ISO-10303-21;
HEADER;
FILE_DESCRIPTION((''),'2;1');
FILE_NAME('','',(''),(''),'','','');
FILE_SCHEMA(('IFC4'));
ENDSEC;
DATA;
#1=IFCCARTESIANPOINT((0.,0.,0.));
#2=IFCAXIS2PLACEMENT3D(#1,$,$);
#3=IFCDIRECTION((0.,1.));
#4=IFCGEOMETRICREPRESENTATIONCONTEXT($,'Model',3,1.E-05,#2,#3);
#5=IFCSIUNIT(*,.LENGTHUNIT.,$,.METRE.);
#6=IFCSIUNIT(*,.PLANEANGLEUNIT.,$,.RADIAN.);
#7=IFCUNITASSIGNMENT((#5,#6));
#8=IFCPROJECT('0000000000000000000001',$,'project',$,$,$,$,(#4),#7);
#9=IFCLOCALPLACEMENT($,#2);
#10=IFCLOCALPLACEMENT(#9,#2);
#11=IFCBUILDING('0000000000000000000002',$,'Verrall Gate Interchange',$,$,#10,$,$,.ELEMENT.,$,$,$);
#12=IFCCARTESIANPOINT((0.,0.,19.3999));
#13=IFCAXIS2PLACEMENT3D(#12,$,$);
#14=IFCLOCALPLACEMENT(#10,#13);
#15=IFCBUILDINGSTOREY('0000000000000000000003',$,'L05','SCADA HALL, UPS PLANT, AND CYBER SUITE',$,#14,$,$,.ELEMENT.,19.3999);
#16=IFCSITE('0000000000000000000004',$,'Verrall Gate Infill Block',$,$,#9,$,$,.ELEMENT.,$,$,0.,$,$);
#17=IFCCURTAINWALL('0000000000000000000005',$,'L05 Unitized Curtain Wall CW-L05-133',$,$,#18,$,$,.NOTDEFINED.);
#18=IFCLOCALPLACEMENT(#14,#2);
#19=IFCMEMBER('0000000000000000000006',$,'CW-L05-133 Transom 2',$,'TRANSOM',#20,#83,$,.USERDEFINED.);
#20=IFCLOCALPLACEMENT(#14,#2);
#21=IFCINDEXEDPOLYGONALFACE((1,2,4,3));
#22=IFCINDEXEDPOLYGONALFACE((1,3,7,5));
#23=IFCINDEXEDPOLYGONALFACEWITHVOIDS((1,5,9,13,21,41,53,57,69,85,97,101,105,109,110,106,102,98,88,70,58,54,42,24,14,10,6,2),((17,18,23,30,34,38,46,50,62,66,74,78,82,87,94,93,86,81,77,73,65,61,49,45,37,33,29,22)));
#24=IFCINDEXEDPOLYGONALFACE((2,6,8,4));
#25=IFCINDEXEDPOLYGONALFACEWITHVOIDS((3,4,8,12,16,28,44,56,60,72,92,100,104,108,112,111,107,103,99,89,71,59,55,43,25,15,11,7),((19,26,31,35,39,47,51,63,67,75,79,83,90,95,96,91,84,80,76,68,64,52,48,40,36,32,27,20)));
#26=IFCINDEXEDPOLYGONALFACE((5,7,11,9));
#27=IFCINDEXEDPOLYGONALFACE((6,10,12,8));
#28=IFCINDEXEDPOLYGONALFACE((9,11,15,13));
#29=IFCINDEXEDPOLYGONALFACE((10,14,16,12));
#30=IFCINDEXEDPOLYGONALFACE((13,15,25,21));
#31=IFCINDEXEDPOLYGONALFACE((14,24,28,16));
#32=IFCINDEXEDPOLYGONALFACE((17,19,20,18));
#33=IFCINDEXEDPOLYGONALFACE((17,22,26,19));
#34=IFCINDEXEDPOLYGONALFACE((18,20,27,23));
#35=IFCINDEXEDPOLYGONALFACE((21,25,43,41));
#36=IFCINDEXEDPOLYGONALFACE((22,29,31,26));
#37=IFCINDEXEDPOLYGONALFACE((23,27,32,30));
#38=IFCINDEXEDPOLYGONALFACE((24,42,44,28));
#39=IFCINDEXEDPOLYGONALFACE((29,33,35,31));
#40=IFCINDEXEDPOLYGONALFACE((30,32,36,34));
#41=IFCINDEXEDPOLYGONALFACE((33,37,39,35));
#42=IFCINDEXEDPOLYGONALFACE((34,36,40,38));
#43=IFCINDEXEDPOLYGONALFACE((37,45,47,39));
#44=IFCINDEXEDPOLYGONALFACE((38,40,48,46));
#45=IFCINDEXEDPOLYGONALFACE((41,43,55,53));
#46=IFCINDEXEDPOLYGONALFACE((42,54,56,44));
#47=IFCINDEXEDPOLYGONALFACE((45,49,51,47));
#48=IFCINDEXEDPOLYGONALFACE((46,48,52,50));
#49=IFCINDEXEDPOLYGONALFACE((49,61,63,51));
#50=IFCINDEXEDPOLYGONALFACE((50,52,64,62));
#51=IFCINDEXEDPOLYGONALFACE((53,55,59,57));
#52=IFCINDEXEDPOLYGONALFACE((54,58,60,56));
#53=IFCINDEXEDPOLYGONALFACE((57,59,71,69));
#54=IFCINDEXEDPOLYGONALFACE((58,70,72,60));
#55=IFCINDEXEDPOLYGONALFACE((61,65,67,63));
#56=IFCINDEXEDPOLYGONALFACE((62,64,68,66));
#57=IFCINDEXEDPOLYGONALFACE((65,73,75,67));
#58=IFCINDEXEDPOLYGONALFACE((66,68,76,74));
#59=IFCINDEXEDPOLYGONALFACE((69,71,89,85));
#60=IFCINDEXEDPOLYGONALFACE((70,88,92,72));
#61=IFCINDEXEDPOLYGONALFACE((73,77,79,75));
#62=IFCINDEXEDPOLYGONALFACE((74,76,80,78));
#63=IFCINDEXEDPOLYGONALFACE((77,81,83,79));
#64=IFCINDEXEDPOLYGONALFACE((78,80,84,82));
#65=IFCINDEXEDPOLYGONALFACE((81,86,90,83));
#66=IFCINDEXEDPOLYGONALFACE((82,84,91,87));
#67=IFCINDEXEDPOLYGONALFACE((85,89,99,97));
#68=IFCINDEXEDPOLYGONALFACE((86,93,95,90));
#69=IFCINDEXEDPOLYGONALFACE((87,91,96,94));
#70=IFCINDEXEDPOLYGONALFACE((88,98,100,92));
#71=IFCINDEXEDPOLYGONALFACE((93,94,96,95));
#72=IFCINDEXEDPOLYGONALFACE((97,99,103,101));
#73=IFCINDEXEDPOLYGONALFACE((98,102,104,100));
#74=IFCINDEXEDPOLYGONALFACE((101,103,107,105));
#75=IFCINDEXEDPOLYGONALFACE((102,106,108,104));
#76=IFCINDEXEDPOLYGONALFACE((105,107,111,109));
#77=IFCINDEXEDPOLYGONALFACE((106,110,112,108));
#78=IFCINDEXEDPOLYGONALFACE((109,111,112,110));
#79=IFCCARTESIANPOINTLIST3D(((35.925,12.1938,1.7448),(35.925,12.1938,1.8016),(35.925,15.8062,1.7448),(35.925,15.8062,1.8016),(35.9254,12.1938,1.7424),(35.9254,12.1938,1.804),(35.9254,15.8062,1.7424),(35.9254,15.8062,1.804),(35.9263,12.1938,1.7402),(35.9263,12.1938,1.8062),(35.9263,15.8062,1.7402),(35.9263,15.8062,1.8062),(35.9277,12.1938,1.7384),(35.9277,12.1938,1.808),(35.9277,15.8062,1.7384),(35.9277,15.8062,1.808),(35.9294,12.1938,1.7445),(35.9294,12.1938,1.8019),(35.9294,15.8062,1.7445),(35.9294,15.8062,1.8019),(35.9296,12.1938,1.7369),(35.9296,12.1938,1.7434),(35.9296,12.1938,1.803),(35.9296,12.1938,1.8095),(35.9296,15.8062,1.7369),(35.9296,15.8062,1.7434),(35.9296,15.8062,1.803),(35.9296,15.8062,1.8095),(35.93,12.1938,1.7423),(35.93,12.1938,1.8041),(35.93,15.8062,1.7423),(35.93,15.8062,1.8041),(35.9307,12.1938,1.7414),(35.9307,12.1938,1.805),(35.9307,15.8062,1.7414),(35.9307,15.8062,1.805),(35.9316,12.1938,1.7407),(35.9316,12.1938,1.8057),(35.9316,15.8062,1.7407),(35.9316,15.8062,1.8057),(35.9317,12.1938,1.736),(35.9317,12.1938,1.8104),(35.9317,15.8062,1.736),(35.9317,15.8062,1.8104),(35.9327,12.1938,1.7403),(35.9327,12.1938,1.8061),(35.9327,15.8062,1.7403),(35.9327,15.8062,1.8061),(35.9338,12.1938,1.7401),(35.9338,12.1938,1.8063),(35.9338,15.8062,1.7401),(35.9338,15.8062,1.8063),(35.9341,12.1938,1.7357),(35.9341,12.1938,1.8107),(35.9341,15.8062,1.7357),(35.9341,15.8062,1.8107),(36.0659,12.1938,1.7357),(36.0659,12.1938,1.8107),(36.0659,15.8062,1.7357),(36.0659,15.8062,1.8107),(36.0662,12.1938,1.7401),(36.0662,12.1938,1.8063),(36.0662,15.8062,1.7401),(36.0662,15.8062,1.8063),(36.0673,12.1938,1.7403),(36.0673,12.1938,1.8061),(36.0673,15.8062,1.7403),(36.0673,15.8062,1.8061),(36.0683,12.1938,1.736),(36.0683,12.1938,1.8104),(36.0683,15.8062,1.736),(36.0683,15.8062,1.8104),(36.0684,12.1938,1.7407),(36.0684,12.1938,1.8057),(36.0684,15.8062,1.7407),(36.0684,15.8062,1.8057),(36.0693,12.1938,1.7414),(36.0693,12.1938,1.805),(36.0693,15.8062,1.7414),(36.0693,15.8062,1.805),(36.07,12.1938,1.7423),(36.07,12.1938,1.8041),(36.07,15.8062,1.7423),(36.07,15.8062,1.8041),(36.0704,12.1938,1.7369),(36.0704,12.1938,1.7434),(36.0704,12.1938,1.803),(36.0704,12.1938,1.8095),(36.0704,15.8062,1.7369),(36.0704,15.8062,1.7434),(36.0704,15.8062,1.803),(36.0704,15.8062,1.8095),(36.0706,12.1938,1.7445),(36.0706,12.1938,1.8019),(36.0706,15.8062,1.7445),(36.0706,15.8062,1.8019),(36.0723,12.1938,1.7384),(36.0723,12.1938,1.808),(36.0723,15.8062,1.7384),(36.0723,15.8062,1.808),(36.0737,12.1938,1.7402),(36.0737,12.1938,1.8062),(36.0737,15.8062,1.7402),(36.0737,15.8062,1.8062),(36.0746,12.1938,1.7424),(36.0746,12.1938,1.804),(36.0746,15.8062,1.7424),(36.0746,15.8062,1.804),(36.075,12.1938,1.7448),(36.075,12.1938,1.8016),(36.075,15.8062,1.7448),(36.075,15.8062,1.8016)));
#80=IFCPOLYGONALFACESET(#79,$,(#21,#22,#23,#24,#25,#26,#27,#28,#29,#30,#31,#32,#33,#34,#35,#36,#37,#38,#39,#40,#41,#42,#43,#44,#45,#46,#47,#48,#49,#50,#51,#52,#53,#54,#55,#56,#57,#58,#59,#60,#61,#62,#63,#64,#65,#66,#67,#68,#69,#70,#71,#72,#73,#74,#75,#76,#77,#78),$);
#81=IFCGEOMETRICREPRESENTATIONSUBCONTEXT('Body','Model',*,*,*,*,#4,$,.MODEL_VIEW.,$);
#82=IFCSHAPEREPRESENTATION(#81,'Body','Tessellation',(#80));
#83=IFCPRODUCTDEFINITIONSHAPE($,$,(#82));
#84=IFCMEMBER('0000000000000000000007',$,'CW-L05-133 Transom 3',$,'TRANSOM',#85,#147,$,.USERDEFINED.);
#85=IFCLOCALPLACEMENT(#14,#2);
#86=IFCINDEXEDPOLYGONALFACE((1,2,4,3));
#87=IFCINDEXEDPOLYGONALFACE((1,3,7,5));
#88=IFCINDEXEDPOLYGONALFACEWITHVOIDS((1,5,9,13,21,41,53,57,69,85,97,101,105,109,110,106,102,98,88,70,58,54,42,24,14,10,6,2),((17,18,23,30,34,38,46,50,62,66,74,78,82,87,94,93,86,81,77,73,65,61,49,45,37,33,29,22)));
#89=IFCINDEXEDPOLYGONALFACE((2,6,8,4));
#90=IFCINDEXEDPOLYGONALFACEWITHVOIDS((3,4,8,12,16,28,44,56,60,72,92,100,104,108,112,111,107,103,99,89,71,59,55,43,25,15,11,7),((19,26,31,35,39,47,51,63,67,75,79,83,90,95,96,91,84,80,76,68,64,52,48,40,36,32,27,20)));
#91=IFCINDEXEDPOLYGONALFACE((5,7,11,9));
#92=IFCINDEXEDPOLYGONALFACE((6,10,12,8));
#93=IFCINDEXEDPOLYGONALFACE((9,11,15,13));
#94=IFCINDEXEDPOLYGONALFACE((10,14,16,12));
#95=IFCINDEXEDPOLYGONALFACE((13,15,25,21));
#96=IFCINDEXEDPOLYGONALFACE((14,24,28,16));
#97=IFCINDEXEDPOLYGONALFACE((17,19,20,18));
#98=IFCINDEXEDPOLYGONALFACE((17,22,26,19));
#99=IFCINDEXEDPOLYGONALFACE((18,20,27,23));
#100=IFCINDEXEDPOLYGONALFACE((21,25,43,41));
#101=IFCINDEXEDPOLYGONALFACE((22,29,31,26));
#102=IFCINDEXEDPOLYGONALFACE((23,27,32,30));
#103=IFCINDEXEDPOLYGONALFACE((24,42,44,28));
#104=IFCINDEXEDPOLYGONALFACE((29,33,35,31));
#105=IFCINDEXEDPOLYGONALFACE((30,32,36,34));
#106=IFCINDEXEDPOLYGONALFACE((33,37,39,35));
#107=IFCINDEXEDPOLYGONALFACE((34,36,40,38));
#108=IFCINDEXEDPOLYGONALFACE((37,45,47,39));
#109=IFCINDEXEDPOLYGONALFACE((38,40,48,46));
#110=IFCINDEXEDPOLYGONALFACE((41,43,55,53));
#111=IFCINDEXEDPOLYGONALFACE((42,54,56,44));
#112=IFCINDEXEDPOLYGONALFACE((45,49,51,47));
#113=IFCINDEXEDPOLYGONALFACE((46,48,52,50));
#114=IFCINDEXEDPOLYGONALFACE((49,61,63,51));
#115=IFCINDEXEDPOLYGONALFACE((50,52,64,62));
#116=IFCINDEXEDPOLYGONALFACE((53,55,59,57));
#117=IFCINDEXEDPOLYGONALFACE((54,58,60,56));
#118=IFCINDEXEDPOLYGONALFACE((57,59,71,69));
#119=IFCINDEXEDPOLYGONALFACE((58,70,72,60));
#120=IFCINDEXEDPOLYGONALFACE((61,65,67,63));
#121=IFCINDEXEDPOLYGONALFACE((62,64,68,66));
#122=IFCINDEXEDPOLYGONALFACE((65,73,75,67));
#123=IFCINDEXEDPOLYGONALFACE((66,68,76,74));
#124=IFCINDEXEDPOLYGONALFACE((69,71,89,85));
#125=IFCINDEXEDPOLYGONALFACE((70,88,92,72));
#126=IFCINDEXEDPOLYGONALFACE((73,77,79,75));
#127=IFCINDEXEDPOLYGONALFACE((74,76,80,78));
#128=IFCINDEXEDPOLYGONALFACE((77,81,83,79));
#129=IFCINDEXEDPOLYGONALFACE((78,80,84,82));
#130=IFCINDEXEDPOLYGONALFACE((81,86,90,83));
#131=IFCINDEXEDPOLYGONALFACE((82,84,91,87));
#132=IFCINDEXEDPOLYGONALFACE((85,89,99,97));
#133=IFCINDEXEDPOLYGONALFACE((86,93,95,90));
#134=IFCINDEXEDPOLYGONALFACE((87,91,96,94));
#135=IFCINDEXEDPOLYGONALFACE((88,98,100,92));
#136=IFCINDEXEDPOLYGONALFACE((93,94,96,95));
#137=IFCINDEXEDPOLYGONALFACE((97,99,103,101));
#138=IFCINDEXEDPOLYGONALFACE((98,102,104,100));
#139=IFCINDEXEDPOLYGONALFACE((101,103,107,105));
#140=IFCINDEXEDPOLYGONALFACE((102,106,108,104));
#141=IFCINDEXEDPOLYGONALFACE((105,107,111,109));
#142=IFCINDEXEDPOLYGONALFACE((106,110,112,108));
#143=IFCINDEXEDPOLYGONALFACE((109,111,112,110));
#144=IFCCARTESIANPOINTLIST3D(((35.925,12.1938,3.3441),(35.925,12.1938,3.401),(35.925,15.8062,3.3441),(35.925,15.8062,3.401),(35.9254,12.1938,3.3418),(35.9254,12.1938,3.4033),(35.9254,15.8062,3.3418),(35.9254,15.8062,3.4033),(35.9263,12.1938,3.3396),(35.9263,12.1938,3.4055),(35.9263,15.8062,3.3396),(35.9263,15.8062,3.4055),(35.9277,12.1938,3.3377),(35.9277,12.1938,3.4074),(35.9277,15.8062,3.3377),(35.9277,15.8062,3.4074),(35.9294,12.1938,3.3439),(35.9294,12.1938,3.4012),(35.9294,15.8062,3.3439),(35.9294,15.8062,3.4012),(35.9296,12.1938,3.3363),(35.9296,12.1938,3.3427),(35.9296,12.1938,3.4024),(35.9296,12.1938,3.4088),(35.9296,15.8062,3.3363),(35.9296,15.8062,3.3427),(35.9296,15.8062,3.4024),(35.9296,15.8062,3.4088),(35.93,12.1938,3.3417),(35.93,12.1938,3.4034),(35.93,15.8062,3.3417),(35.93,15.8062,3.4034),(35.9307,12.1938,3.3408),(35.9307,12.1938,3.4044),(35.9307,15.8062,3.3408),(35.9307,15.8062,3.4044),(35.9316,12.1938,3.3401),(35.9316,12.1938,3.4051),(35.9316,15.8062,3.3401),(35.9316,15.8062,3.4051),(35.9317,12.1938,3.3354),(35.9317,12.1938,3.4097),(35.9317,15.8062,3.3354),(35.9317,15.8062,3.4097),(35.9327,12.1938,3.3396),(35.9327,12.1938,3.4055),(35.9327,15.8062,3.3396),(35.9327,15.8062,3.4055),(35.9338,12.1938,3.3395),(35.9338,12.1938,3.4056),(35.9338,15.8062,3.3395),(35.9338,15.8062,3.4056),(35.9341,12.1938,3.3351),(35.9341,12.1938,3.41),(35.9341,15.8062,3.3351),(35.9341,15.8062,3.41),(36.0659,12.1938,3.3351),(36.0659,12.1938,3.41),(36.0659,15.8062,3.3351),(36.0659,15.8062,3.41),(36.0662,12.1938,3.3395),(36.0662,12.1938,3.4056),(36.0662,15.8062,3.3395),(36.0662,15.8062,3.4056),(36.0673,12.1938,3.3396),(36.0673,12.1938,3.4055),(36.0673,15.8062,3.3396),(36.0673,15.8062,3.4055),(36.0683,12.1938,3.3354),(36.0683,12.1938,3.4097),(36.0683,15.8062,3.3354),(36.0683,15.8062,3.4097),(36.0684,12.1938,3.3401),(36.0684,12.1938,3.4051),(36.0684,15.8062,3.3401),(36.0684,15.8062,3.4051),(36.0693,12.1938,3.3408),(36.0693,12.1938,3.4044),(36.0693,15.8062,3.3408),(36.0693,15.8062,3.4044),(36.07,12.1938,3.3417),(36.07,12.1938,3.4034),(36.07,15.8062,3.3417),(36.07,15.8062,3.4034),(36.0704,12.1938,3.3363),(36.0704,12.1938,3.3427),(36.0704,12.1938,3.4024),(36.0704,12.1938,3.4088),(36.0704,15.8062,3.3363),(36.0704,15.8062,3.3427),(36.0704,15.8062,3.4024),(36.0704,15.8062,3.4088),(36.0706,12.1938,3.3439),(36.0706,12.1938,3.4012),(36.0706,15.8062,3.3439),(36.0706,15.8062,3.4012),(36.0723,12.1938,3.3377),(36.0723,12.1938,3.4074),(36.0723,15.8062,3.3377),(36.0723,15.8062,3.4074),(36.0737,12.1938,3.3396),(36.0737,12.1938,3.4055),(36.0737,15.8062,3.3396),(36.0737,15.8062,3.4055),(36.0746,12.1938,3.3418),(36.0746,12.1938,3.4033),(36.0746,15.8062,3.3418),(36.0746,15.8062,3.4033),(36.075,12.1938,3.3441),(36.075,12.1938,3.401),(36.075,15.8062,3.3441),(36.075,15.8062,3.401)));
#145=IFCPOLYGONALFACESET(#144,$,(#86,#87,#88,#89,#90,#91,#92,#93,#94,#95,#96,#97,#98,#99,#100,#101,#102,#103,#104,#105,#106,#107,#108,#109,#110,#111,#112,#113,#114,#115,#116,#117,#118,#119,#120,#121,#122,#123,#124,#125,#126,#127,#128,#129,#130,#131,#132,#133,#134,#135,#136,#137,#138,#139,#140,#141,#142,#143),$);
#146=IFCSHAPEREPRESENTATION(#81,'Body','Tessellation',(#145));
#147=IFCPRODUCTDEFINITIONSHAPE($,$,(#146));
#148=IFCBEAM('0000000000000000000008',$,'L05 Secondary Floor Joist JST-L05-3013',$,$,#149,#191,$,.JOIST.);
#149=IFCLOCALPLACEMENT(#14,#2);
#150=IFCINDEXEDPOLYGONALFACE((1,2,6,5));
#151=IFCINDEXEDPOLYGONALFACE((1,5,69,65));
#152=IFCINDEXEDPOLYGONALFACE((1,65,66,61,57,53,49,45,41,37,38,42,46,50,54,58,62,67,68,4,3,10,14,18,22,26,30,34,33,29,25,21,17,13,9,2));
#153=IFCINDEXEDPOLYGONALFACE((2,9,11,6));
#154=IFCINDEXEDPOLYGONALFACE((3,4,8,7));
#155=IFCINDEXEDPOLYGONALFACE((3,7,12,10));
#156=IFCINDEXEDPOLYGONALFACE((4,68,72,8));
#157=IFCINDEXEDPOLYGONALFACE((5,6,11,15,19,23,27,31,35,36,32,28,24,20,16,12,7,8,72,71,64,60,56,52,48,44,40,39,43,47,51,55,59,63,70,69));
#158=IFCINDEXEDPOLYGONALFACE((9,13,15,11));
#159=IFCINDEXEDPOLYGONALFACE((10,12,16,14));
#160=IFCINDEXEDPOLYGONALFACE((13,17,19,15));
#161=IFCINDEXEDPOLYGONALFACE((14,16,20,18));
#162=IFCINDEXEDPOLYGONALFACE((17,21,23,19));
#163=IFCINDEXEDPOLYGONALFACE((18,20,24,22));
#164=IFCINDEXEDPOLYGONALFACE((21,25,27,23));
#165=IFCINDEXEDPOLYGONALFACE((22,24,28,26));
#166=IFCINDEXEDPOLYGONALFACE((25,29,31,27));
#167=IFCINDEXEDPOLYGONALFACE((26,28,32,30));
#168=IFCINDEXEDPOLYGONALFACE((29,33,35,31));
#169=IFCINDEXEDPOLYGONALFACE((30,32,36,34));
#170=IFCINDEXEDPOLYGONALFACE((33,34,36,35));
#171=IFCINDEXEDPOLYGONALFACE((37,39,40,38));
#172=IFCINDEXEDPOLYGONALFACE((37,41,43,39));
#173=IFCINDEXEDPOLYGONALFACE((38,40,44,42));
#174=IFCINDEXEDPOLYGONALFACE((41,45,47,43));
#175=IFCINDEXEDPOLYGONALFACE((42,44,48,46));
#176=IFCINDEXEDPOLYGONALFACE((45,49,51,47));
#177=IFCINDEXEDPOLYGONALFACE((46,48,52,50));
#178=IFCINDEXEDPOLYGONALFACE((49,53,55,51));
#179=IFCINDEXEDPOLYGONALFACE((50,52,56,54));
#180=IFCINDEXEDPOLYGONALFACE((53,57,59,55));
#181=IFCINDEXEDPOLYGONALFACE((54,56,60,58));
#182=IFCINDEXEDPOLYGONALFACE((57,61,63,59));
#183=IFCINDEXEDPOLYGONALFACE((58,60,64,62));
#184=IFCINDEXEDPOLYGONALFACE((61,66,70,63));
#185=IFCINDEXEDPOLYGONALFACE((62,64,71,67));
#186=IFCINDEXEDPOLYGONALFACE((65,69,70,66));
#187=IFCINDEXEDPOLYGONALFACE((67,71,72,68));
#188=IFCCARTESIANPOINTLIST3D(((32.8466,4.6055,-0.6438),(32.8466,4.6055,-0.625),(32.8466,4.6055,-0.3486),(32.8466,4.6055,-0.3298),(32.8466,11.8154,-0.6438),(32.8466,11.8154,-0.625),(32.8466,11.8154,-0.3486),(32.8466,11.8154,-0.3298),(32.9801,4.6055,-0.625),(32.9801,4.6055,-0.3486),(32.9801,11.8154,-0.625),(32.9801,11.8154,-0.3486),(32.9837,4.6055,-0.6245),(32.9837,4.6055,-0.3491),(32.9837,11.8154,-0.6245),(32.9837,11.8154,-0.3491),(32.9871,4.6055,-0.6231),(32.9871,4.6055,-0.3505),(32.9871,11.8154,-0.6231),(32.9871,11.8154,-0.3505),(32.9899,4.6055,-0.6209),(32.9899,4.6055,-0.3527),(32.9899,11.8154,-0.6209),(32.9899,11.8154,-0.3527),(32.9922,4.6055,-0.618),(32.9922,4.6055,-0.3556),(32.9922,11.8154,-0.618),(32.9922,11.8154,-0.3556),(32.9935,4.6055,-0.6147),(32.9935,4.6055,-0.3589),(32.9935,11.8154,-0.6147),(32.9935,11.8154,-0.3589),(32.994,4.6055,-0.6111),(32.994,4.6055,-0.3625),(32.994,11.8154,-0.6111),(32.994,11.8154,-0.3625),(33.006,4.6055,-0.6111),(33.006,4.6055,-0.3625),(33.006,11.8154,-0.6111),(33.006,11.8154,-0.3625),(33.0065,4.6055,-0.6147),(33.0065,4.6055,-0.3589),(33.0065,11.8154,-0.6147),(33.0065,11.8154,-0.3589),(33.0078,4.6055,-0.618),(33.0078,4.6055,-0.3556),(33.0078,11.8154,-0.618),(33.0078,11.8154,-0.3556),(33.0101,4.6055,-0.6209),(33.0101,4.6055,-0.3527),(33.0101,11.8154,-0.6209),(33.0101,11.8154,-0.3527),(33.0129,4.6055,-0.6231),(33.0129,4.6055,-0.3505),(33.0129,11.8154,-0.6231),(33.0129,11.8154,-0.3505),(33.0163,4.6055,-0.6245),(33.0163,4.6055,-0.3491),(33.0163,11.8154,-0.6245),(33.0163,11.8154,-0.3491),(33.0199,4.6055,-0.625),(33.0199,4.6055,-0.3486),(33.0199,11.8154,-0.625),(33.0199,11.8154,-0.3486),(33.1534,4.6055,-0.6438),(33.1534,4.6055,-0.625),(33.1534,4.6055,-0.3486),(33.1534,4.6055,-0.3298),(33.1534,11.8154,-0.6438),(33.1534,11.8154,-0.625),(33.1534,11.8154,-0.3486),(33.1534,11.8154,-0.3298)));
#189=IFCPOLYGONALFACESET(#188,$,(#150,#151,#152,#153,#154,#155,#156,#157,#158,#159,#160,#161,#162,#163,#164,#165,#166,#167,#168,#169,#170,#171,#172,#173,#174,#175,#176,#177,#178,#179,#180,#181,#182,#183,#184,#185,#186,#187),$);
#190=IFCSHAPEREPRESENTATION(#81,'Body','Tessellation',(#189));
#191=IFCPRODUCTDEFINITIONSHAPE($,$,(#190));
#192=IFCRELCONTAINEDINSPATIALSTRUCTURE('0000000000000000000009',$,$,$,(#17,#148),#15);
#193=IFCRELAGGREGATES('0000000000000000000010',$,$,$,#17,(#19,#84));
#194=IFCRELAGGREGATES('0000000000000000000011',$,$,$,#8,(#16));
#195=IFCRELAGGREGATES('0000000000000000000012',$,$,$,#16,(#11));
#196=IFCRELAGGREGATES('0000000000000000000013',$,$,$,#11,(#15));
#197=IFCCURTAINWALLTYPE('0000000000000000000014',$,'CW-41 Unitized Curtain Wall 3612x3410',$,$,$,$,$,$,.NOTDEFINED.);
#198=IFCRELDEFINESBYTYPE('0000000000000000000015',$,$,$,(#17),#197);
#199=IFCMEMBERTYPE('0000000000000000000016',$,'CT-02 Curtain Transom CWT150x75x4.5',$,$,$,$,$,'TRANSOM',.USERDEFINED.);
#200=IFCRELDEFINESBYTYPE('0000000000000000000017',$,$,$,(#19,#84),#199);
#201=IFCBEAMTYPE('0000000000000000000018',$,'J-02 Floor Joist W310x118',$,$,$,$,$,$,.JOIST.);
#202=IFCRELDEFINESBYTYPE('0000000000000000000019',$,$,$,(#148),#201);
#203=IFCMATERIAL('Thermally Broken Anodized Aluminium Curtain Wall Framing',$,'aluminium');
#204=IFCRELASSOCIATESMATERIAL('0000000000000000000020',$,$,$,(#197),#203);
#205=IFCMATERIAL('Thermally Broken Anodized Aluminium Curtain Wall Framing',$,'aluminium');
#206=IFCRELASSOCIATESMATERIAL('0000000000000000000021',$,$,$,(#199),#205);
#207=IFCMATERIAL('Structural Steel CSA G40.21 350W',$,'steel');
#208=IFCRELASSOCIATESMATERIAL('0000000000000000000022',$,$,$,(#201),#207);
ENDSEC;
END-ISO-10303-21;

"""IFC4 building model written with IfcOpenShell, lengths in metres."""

from ifc_helpers import new_model, si_unit, direction, frame, origin, origin_2d, place, context, subcontext, project, spatial, hollow_rectangle, i_section, extrude, material, material_profile, profile_set, type_object, element, aggregate, save


model = new_model("IFC4")

# Units and contexts
model_context = context("Model", 3, precision=1e-05, world=origin(), true_north=direction((0.0, 1.0)))
body_context = subcontext(model_context, "Body", "Model", "MODEL_VIEW")
ifc_project = project(units=[si_unit("LENGTHUNIT", "METRE"), si_unit("PLANEANGLEUNIT", "RADIAN")], contexts=[model_context])

# Site, building, storey
site_placement = place(None, origin())
site = spatial("IfcSite", under=ifc_project, at=site_placement, Name="Verrall Gate Infill Block", CompositionType="ELEMENT", RefElevation=0.0)
building_placement = place(site_placement, origin())
building = spatial("IfcBuilding", under=site, at=building_placement, Name="Verrall Gate Interchange", CompositionType="ELEMENT")
storey_placement = place(building_placement, frame((0.0, 0.0, 19.3999)))
storey = spatial("IfcBuildingStorey", under=building, at=storey_placement, Name="L05", Description="SCADA HALL, UPS PLANT, AND CYBER SUITE", CompositionType="ELEMENT", Elevation=19.3999)

# Curtain wall, members
ifc_material_1 = material(Name="Thermally Broken Anodized Aluminium Curtain Wall Framing", Category="aluminium")
curtain_wall_type = type_object("IfcCurtainWallType", Name="CW-41 Unitized Curtain Wall 3612x3410", PredefinedType="NOTDEFINED", material=ifc_material_1)
curtain_wall_placement = place(storey_placement, origin())
curtain_wall = element("IfcCurtainWall", 1, at=curtain_wall_placement, inside=storey, type_object=curtain_wall_type, Name="L05 Unitized Curtain Wall CW-L05-133", PredefinedType="NOTDEFINED")
ifc_material_2 = material(Name="Thermally Broken Anodized Aluminium Curtain Wall Framing", Category="aluminium")
ifc_material_profile_1 = material_profile(ifc_material_2, hollow_rectangle(XDim=0.1499, YDim=0.075, WallThickness=0.0044, InnerFilletRadius=0.0044, OuterFilletRadius=0.009, at=origin_2d()), Name="CWT150x75x4.5")
ifc_profile_set_1 = profile_set([ifc_material_profile_1], Name="Thermally Broken Anodized Aluminium Curtain Wall Framing")
member_type_1 = type_object("IfcMemberType", Name="CT-02 Curtain Transom CWT150x75x4.5", ElementType="TRANSOM", PredefinedType="USERDEFINED", material=ifc_profile_set_1)
member_1_placement = place(storey_placement, frame((36.0, 12.1938, 1.7732), z_axis=(0.0, 1.0, 0.0), x_axis=(-1.0, 0.0, 0.0)))
member_1 = element("IfcMember", 2, at=member_1_placement, type_object=member_type_1, Name="CW-L05-133 Transom 2", ObjectType="TRANSOM", PredefinedType="USERDEFINED", context=body_context, shape_type="SweptSolid", body=[
    extrude(hollow_rectangle(XDim=0.1499, YDim=0.075, WallThickness=0.0044, InnerFilletRadius=0.0044, OuterFilletRadius=0.009, at=origin_2d()), origin(), (0.0, 0.0, 1.0), 3.6123),
])
member_2_placement = place(storey_placement, frame((36.0, 12.1938, 3.3726), z_axis=(0.0, 1.0, 0.0), x_axis=(-1.0, 0.0, 0.0)))
member_2 = element("IfcMember", 3, at=member_2_placement, type_object=member_type_1, Name="CW-L05-133 Transom 3", ObjectType="TRANSOM", PredefinedType="USERDEFINED", context=body_context, shape_type="SweptSolid", body=[
    extrude(hollow_rectangle(XDim=0.1499, YDim=0.075, WallThickness=0.0044, InnerFilletRadius=0.0044, OuterFilletRadius=0.009, at=origin_2d()), origin(), (0.0, 0.0, 1.0), 3.6123),
])

# Beam
ifc_material_3 = material(Name="Structural Steel CSA G40.21 350W", Category="steel")
ifc_material_profile_2 = material_profile(ifc_material_3, i_section(OverallWidth=0.3069, OverallDepth=0.314, WebThickness=0.012, FlangeThickness=0.0188, FilletRadius=0.0139, at=origin_2d()), Name="W310x118")
ifc_profile_set_2 = profile_set([ifc_material_profile_2], Name="Structural Steel CSA G40.21 350W")
beam_type_1 = type_object("IfcBeamType", Name="J-02 Floor Joist W310x118", PredefinedType="JOIST", material=ifc_profile_set_2)
beam_1_placement = place(storey_placement, frame((33.0, 4.6055, -0.4868), z_axis=(0.0, 1.0, 0.0), x_axis=(-1.0, 0.0, 0.0)))
element("IfcBeam", 4, at=beam_1_placement, inside=storey, type_object=beam_type_1, Name="L05 Secondary Floor Joist JST-L05-3013", PredefinedType="JOIST", context=body_context, shape_type="SweptSolid", body=[
    extrude(i_section(OverallWidth=0.3069, OverallDepth=0.314, WebThickness=0.012, FlangeThickness=0.0188, FilletRadius=0.0139, at=origin_2d()), origin(), (0.0, 0.0, 1.0), 7.21),
])

aggregate(curtain_wall, [member_1, member_2])

save(model, "model.ifc")
